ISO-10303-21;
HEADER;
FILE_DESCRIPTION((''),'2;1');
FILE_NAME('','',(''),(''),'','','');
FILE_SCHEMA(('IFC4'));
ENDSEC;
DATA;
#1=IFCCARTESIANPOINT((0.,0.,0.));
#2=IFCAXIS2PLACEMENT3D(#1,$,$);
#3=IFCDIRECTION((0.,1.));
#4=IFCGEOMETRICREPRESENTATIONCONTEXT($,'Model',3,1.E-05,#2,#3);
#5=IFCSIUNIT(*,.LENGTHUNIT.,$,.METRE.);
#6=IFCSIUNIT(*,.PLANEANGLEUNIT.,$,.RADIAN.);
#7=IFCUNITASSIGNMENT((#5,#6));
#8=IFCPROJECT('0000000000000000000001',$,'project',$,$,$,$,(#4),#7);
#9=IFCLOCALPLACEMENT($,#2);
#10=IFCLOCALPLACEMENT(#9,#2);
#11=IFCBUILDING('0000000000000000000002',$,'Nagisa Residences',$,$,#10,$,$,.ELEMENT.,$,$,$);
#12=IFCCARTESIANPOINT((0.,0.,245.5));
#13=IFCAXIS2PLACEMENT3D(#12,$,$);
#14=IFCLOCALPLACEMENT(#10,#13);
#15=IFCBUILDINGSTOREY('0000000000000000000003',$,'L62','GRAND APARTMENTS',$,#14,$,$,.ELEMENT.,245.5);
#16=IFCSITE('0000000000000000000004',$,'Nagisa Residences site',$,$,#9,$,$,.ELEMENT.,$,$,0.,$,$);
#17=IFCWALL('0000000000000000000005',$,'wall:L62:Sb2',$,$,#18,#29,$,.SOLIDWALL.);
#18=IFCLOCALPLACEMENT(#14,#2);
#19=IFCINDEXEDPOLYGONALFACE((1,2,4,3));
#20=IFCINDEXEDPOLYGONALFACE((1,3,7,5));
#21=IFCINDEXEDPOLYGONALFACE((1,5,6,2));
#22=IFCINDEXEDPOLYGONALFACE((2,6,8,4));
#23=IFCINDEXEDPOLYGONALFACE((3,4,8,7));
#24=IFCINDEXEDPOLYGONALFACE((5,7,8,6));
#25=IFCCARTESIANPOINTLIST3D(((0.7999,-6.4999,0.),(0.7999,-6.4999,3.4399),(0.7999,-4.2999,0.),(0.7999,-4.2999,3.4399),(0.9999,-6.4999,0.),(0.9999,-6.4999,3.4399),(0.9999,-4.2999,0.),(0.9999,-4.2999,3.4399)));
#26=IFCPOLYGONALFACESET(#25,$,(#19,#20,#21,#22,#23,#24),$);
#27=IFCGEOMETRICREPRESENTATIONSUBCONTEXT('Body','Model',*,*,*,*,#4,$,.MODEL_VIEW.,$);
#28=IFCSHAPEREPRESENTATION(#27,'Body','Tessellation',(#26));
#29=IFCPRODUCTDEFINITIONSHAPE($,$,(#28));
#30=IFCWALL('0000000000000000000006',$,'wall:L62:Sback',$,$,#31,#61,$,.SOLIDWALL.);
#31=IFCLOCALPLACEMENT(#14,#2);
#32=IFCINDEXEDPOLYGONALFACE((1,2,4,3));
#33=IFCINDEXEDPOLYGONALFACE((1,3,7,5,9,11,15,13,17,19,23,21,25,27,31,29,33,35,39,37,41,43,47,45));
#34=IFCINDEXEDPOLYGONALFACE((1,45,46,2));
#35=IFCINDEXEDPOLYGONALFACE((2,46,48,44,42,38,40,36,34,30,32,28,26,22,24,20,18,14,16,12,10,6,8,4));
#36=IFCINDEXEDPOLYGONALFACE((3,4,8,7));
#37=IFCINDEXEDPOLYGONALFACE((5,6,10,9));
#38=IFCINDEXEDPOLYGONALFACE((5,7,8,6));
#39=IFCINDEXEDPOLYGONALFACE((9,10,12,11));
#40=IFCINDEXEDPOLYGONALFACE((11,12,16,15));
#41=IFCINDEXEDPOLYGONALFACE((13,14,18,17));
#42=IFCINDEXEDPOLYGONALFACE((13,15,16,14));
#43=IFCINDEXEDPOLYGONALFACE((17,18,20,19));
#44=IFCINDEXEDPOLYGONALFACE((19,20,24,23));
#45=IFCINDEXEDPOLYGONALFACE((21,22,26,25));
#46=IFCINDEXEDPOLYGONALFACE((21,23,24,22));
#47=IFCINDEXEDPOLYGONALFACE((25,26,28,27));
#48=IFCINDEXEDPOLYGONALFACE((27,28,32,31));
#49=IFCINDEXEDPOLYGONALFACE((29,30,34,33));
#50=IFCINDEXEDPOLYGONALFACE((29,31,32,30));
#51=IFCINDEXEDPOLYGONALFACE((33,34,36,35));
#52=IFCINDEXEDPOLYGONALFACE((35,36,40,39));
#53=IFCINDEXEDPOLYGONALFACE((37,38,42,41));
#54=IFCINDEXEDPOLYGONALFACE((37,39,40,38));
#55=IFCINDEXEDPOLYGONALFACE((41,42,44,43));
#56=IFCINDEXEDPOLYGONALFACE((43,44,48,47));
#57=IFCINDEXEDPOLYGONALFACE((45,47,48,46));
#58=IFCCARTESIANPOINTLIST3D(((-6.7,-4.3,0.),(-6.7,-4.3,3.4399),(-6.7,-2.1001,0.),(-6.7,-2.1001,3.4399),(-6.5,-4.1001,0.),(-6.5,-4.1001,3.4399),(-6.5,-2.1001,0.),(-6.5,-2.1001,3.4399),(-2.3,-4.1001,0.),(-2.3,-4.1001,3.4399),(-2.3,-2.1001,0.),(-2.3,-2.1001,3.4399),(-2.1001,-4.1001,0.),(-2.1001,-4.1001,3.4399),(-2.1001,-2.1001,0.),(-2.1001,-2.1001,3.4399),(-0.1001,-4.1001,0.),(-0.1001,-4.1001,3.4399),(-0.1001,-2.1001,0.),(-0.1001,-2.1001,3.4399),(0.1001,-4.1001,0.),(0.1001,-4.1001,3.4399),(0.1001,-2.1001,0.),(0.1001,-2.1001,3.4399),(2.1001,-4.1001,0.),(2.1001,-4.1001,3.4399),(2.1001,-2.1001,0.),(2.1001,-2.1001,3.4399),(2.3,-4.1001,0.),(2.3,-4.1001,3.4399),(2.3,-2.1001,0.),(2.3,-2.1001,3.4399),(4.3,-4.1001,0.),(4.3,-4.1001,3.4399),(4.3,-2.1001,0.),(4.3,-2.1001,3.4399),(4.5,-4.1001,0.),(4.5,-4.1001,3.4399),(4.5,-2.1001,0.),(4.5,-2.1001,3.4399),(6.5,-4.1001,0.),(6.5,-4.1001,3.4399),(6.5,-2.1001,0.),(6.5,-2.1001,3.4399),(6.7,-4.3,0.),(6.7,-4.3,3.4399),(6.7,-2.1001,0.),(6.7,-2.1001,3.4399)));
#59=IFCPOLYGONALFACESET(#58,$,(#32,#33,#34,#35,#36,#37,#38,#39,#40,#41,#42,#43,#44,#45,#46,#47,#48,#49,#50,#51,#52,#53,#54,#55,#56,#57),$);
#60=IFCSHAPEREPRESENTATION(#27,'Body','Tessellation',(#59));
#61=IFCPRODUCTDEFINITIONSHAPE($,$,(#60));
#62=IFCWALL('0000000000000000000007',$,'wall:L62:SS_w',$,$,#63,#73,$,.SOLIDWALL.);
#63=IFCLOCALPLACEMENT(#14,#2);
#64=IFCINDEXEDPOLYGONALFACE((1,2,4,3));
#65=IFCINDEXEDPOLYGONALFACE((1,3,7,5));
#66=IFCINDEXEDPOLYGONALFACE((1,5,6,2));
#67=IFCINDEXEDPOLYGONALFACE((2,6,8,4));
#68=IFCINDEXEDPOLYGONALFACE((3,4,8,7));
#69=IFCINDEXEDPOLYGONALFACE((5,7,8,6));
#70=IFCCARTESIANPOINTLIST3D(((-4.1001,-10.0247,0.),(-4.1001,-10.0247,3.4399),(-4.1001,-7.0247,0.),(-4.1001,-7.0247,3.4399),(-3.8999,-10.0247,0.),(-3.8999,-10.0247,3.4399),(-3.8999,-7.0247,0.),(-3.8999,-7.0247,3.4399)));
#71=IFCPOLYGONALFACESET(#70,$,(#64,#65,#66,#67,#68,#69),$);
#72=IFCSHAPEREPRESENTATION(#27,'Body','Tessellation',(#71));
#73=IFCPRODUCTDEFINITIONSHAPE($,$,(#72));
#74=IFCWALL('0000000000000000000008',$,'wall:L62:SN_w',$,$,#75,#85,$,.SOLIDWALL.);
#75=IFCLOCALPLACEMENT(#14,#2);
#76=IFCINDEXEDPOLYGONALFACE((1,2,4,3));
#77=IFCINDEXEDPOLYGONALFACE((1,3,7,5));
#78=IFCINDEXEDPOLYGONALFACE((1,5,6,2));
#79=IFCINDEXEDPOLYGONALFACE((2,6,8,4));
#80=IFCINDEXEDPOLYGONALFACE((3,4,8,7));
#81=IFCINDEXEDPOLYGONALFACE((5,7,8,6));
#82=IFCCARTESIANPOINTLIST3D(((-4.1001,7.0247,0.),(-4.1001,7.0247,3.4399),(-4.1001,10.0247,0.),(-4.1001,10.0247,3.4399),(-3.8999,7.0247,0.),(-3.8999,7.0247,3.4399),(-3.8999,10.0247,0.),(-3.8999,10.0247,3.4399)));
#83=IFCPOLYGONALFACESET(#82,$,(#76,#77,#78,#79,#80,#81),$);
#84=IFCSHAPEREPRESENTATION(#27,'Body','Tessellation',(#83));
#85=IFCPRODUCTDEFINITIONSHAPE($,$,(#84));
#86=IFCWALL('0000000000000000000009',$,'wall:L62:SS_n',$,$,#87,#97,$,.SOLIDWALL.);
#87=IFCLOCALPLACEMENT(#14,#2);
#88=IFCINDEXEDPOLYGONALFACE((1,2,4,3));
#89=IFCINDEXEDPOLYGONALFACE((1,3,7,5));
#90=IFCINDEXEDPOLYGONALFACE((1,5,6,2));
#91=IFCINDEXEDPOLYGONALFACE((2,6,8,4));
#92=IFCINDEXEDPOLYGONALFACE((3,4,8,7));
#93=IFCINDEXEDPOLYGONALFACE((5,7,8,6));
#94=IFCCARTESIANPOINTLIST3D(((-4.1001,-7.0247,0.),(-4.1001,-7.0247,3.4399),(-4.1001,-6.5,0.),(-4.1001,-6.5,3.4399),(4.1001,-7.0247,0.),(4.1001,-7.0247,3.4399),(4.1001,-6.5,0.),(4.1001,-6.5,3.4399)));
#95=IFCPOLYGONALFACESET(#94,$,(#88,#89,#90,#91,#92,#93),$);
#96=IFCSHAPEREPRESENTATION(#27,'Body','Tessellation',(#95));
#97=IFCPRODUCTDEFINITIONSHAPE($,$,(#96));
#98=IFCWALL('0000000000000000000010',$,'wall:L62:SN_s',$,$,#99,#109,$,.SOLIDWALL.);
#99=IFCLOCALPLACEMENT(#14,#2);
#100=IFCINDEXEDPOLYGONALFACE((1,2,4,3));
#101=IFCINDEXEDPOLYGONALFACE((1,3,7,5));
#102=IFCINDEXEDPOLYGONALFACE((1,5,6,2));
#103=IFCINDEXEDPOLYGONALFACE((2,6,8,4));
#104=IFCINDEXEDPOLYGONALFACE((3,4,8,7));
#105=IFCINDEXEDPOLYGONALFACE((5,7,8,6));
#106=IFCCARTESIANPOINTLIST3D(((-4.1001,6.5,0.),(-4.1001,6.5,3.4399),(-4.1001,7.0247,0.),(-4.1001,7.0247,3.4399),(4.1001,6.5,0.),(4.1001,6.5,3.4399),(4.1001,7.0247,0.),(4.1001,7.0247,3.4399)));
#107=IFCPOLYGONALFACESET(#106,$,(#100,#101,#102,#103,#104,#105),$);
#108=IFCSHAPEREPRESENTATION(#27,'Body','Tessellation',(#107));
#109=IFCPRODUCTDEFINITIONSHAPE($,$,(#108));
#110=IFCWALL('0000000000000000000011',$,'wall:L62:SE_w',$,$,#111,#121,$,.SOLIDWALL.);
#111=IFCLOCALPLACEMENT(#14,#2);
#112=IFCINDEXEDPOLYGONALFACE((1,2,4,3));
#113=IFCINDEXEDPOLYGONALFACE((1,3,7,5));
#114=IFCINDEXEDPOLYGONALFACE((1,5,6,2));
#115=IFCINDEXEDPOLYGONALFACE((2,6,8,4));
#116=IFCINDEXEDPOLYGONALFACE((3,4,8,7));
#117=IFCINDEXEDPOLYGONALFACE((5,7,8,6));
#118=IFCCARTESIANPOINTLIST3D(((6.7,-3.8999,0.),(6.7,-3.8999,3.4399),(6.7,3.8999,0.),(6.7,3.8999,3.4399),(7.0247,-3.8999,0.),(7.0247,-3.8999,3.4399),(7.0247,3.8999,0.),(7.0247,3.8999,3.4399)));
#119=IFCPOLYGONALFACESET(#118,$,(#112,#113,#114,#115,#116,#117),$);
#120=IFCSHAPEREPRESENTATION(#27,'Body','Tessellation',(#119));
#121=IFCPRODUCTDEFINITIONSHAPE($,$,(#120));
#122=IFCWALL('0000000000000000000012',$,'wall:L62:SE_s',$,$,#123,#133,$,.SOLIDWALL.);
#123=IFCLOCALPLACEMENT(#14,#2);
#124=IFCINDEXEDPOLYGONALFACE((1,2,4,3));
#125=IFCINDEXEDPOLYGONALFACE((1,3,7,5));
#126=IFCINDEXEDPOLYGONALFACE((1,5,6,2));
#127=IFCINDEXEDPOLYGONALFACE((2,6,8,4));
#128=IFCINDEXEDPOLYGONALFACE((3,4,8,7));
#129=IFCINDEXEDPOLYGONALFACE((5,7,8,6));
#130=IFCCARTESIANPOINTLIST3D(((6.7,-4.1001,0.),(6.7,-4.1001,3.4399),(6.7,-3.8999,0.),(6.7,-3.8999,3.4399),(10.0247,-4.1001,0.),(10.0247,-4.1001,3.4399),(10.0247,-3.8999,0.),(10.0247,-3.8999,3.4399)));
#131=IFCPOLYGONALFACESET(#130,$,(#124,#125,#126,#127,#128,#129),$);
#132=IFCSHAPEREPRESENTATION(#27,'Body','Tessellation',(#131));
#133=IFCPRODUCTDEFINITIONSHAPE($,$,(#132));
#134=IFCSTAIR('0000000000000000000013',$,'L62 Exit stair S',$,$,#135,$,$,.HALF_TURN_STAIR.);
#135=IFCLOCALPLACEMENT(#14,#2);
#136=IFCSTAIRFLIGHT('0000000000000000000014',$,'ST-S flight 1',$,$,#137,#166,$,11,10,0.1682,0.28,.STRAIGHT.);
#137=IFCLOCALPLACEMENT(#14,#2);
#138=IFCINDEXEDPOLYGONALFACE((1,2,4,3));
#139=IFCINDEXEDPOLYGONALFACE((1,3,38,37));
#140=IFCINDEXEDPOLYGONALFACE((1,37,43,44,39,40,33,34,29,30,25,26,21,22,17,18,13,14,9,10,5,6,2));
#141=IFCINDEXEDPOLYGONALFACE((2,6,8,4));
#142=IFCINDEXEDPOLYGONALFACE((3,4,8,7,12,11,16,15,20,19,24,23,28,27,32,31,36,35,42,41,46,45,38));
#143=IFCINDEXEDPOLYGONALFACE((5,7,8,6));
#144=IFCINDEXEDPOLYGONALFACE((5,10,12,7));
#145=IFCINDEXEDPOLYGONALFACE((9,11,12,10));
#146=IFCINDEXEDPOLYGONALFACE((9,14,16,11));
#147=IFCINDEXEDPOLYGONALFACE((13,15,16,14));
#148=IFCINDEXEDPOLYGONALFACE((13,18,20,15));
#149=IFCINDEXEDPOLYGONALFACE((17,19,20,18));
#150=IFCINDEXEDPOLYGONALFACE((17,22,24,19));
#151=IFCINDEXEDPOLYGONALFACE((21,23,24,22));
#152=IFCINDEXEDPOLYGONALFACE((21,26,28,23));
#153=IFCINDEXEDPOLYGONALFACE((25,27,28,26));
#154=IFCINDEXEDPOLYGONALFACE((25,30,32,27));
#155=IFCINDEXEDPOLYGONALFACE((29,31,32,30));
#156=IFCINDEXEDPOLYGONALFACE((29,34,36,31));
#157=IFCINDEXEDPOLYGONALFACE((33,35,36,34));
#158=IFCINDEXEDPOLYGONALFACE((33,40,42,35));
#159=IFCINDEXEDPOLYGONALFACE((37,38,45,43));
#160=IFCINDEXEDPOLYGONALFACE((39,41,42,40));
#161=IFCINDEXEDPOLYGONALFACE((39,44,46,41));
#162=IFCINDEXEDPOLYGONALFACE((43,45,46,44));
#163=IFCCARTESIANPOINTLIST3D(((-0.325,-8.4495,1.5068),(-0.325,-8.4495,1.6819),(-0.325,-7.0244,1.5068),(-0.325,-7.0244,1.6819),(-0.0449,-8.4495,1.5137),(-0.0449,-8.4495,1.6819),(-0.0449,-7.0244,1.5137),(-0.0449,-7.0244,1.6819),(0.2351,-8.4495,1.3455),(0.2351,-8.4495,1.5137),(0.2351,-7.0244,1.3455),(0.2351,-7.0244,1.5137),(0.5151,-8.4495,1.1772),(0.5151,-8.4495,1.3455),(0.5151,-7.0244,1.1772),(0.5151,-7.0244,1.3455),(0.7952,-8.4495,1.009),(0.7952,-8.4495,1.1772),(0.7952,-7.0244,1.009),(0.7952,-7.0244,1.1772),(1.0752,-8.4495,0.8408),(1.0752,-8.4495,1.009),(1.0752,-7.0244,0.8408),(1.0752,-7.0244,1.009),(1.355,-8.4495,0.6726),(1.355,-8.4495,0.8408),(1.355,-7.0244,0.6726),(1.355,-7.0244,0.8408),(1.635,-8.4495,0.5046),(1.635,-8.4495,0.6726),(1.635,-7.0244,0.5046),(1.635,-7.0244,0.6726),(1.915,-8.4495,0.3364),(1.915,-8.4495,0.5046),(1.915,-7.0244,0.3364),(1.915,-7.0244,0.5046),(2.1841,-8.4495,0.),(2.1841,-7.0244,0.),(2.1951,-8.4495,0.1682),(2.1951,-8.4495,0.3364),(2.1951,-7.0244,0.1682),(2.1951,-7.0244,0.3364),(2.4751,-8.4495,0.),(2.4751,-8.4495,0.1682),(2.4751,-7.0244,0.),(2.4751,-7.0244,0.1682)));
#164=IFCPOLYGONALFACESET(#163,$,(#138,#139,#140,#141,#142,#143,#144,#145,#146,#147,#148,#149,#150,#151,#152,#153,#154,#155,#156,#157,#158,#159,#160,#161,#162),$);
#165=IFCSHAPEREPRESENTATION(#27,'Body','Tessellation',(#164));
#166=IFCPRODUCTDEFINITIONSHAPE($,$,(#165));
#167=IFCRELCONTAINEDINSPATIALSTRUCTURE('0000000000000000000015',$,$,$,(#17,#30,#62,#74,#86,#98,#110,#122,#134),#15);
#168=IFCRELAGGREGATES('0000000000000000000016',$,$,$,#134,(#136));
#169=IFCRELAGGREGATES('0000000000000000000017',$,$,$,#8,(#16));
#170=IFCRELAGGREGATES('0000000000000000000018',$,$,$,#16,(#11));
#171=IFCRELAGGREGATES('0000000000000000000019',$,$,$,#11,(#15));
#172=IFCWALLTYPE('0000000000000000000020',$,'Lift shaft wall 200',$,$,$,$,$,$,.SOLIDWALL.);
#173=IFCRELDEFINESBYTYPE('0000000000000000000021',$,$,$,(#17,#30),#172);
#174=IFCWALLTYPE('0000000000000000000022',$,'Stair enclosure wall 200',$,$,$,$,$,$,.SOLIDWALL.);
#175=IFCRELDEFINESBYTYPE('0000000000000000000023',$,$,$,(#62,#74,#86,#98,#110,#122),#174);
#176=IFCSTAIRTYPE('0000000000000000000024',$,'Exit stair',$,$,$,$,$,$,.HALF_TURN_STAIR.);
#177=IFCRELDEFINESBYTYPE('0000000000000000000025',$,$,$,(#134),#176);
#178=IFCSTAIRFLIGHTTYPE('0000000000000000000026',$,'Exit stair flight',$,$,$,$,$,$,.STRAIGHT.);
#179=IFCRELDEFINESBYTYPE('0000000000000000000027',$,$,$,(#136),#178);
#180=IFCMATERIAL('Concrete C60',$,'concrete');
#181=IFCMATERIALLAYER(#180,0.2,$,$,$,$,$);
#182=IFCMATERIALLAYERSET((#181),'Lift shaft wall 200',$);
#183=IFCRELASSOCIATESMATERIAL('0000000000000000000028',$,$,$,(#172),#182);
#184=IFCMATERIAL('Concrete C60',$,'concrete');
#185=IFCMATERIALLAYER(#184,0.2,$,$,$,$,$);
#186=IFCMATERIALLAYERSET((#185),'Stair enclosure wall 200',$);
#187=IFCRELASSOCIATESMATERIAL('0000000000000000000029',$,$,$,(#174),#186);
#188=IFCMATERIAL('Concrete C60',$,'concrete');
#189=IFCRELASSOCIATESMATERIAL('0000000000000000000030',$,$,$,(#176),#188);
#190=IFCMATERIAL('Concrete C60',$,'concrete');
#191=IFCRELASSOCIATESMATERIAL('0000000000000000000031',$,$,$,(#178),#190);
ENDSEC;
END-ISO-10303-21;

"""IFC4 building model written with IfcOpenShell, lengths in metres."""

from ifc_helpers import new_model, si_unit, direction, frame, frame_2d, origin, place, context, subcontext, project, spatial, polyline, rectangle, outline, extrude, material, layer, layer_set, type_object, element, aggregate, save


model = new_model("IFC4")

# Units and contexts
model_context = context("Model", 3, precision=1e-05, world=origin(), true_north=direction((0.0, 1.0)))
body_context = subcontext(model_context, "Body", "Model", "MODEL_VIEW")
ifc_project = project(units=[si_unit("LENGTHUNIT", "METRE"), si_unit("PLANEANGLEUNIT", "RADIAN")], contexts=[model_context])

# Site, building, storey
site_placement = place(None, origin())
site = spatial("IfcSite", under=ifc_project, at=site_placement, Name="Nagisa Residences site", CompositionType="ELEMENT", RefElevation=0.0)
building_placement = place(site_placement, origin())
building = spatial("IfcBuilding", under=site, at=building_placement, Name="Nagisa Residences", CompositionType="ELEMENT")
storey_placement = place(building_placement, frame((0.0, 0.0, 245.5)))
storey = spatial("IfcBuildingStorey", under=building, at=storey_placement, Name="L62", Description="GRAND APARTMENTS", CompositionType="ELEMENT", Elevation=245.5)

# Shared definitions
ifc_material_1 = material(Name="Concrete C60", Category="concrete")
ifc_layer_1 = layer(ifc_material_1, 0.2)
ifc_layer_set_1 = layer_set([ifc_layer_1], Name="Lift shaft wall 200")
wall_type_1 = type_object("IfcWallType", Name="Lift shaft wall 200", PredefinedType="SOLIDWALL", material=ifc_layer_set_1)

# Walls
wall_1_placement = place(storey_placement, frame((0.8999, -6.5, 0.0), z_axis=(0.0, 0.0, 1.0), x_axis=(0.0, 1.0, 0.0)))
element("IfcWall", 1, at=wall_1_placement, inside=storey, type_object=wall_type_1, Name="wall:L62:Sb2", PredefinedType="SOLIDWALL", context=body_context, shape_type="SweptSolid", body=[
    extrude(rectangle(XDim=2.2, YDim=0.2, at=frame_2d((1.1001, 0.0))), origin(), (0.0, 0.0, 1.0), 3.4399),
])
wall_2_placement = place(storey_placement, origin())
element("IfcWall", 2, at=wall_2_placement, inside=storey, type_object=wall_type_1, Name="wall:L62:Sback", PredefinedType="SOLIDWALL", context=body_context, shape_type="SweptSolid", body=[
    extrude(outline(polyline([(-6.7, -2.1001), (-6.5, -2.1001), (-6.5, -4.1001), (-2.3, -4.1001), (-2.3, -2.1001), (-2.1001, -2.1001), (-2.1001, -4.1001), (-0.1001, -4.1001), (-0.1001, -2.1001), (0.1001, -2.1001), (0.1001, -4.1001), (2.1001, -4.1001), (2.1001, -2.1001), (2.3, -2.1001), (2.3, -4.1001), (4.3, -4.1001), (4.3, -2.1001), (4.5, -2.1001), (4.5, -4.1001), (6.5, -4.1001), (6.5, -2.1001), (6.7, -2.1001), (6.7, -4.3), (-6.7, -4.3), (-6.7, -2.1001)])), origin(), (0.0, 0.0, 1.0), 3.4399),
])
ifc_material_2 = material(Name="Concrete C60", Category="concrete")
ifc_layer_2 = layer(ifc_material_2, 0.2)
ifc_layer_set_2 = layer_set([ifc_layer_2], Name="Stair enclosure wall 200")
wall_type_2 = type_object("IfcWallType", Name="Stair enclosure wall 200", PredefinedType="SOLIDWALL", material=ifc_layer_set_2)
wall_3_placement = place(storey_placement, origin())
element("IfcWall", 3, at=wall_3_placement, inside=storey, type_object=wall_type_2, Name="wall:L62:SS_w", PredefinedType="SOLIDWALL", context=body_context, shape_type="SweptSolid", body=[
    extrude(outline(polyline([(-3.8999, -10.0247), (-4.1001, -10.0247), (-4.1001, -7.0247), (-3.8999, -7.0247), (-3.8999, -10.0247)])), origin(), (0.0, 0.0, 1.0), 3.4399),
])
wall_4_placement = place(storey_placement, origin())
element("IfcWall", 4, at=wall_4_placement, inside=storey, type_object=wall_type_2, Name="wall:L62:SN_w", PredefinedType="SOLIDWALL", context=body_context, shape_type="SweptSolid", body=[
    extrude(outline(polyline([(-3.8999, 7.0247), (-4.1001, 7.0247), (-4.1001, 10.0247), (-3.8999, 10.0247), (-3.8999, 7.0247)])), origin(), (0.0, 0.0, 1.0), 3.4399),
])
wall_5_placement = place(storey_placement, origin())
element("IfcWall", 5, at=wall_5_placement, inside=storey, type_object=wall_type_2, Name="wall:L62:SS_n", PredefinedType="SOLIDWALL", context=body_context, shape_type="SweptSolid", body=[
    extrude(outline(polyline([(4.1001, -7.0247), (-4.1001, -7.0247), (-4.1001, -6.5), (4.1001, -6.5), (4.1001, -7.0247)])), origin(), (0.0, 0.0, 1.0), 3.4399),
])
wall_6_placement = place(storey_placement, origin())
element("IfcWall", 6, at=wall_6_placement, inside=storey, type_object=wall_type_2, Name="wall:L62:SN_s", PredefinedType="SOLIDWALL", context=body_context, shape_type="SweptSolid", body=[
    extrude(outline(polyline([(4.1001, 6.5), (-4.1001, 6.5), (-4.1001, 7.0247), (4.1001, 7.0247), (4.1001, 6.5)])), origin(), (0.0, 0.0, 1.0), 3.4399),
])
wall_7_placement = place(storey_placement, origin())
element("IfcWall", 7, at=wall_7_placement, inside=storey, type_object=wall_type_2, Name="wall:L62:SE_w", PredefinedType="SOLIDWALL", context=body_context, shape_type="SweptSolid", body=[
    extrude(outline(polyline([(7.0247, -3.8999), (6.7, -3.8999), (6.7, 3.8999), (7.0247, 3.8999), (7.0247, -3.8999)])), origin(), (0.0, 0.0, 1.0), 3.4399),
])
wall_8_placement = place(storey_placement, origin())
element("IfcWall", 8, at=wall_8_placement, inside=storey, type_object=wall_type_2, Name="wall:L62:SE_s", PredefinedType="SOLIDWALL", context=body_context, shape_type="SweptSolid", body=[
    extrude(outline(polyline([(10.0247, -4.1001), (6.7, -4.1001), (6.7, -3.8999), (10.0247, -3.8999), (10.0247, -4.1001)])), origin(), (0.0, 0.0, 1.0), 3.4399),
])

# Stair, stair flight
ifc_material_3 = material(Name="Concrete C60", Category="concrete")
stair_type = type_object("IfcStairType", Name="Exit stair", PredefinedType="HALF_TURN_STAIR", material=ifc_material_3)
stair_placement = place(storey_placement, origin())
stair = element("IfcStair", 9, at=stair_placement, inside=storey, type_object=stair_type, Name="L62 Exit stair S", PredefinedType="HALF_TURN_STAIR")
ifc_material_4 = material(Name="Concrete C60", Category="concrete")
stair_flight_type = type_object("IfcStairFlightType", Name="Exit stair flight", PredefinedType="STRAIGHT", material=ifc_material_4)
stair_flight_placement = place(storey_placement, frame((2.4751, -7.7371, 0.0), z_axis=(0.0, 0.0, 1.0), x_axis=(-1.0, 0.0, 0.0)))
stair_flight = element("IfcStairFlight", 10, at=stair_flight_placement, type_object=stair_flight_type, Name="ST-S flight 1", NumberOfRisers=11, NumberOfTreads=10, PredefinedType="STRAIGHT", RiserHeight=0.1682, TreadLength=0.28, context=body_context, shape_type="SweptSolid", body=[
    extrude(outline(polyline([(0.0, 0.0), (0.0, 0.1682), (0.28, 0.1682), (0.28, 0.3364), (0.5601, 0.3364), (0.5601, 0.5046), (0.8401, 0.5046), (0.8401, 0.6726), (1.1201, 0.6726), (1.1201, 0.8408), (1.3999, 0.8408), (1.3999, 1.009), (1.6799, 1.009), (1.6799, 1.1772), (1.96, 1.1772), (1.96, 1.3455), (2.24, 1.3455), (2.24, 1.5137), (2.52, 1.5137), (2.52, 1.6819), (2.8, 1.6819), (2.8, 1.8501), (2.8, 1.5068), (0.291, 0.0), (0.0, 0.0)])), frame((0.0, 0.7124, 0.0), z_axis=(0.0, -1.0, 0.0), x_axis=(1.0, 0.0, 0.0)), (0.0, 0.0, 1.0), 1.425),
])
aggregate(stair, [stair_flight])

save(model, "model.ifc")
